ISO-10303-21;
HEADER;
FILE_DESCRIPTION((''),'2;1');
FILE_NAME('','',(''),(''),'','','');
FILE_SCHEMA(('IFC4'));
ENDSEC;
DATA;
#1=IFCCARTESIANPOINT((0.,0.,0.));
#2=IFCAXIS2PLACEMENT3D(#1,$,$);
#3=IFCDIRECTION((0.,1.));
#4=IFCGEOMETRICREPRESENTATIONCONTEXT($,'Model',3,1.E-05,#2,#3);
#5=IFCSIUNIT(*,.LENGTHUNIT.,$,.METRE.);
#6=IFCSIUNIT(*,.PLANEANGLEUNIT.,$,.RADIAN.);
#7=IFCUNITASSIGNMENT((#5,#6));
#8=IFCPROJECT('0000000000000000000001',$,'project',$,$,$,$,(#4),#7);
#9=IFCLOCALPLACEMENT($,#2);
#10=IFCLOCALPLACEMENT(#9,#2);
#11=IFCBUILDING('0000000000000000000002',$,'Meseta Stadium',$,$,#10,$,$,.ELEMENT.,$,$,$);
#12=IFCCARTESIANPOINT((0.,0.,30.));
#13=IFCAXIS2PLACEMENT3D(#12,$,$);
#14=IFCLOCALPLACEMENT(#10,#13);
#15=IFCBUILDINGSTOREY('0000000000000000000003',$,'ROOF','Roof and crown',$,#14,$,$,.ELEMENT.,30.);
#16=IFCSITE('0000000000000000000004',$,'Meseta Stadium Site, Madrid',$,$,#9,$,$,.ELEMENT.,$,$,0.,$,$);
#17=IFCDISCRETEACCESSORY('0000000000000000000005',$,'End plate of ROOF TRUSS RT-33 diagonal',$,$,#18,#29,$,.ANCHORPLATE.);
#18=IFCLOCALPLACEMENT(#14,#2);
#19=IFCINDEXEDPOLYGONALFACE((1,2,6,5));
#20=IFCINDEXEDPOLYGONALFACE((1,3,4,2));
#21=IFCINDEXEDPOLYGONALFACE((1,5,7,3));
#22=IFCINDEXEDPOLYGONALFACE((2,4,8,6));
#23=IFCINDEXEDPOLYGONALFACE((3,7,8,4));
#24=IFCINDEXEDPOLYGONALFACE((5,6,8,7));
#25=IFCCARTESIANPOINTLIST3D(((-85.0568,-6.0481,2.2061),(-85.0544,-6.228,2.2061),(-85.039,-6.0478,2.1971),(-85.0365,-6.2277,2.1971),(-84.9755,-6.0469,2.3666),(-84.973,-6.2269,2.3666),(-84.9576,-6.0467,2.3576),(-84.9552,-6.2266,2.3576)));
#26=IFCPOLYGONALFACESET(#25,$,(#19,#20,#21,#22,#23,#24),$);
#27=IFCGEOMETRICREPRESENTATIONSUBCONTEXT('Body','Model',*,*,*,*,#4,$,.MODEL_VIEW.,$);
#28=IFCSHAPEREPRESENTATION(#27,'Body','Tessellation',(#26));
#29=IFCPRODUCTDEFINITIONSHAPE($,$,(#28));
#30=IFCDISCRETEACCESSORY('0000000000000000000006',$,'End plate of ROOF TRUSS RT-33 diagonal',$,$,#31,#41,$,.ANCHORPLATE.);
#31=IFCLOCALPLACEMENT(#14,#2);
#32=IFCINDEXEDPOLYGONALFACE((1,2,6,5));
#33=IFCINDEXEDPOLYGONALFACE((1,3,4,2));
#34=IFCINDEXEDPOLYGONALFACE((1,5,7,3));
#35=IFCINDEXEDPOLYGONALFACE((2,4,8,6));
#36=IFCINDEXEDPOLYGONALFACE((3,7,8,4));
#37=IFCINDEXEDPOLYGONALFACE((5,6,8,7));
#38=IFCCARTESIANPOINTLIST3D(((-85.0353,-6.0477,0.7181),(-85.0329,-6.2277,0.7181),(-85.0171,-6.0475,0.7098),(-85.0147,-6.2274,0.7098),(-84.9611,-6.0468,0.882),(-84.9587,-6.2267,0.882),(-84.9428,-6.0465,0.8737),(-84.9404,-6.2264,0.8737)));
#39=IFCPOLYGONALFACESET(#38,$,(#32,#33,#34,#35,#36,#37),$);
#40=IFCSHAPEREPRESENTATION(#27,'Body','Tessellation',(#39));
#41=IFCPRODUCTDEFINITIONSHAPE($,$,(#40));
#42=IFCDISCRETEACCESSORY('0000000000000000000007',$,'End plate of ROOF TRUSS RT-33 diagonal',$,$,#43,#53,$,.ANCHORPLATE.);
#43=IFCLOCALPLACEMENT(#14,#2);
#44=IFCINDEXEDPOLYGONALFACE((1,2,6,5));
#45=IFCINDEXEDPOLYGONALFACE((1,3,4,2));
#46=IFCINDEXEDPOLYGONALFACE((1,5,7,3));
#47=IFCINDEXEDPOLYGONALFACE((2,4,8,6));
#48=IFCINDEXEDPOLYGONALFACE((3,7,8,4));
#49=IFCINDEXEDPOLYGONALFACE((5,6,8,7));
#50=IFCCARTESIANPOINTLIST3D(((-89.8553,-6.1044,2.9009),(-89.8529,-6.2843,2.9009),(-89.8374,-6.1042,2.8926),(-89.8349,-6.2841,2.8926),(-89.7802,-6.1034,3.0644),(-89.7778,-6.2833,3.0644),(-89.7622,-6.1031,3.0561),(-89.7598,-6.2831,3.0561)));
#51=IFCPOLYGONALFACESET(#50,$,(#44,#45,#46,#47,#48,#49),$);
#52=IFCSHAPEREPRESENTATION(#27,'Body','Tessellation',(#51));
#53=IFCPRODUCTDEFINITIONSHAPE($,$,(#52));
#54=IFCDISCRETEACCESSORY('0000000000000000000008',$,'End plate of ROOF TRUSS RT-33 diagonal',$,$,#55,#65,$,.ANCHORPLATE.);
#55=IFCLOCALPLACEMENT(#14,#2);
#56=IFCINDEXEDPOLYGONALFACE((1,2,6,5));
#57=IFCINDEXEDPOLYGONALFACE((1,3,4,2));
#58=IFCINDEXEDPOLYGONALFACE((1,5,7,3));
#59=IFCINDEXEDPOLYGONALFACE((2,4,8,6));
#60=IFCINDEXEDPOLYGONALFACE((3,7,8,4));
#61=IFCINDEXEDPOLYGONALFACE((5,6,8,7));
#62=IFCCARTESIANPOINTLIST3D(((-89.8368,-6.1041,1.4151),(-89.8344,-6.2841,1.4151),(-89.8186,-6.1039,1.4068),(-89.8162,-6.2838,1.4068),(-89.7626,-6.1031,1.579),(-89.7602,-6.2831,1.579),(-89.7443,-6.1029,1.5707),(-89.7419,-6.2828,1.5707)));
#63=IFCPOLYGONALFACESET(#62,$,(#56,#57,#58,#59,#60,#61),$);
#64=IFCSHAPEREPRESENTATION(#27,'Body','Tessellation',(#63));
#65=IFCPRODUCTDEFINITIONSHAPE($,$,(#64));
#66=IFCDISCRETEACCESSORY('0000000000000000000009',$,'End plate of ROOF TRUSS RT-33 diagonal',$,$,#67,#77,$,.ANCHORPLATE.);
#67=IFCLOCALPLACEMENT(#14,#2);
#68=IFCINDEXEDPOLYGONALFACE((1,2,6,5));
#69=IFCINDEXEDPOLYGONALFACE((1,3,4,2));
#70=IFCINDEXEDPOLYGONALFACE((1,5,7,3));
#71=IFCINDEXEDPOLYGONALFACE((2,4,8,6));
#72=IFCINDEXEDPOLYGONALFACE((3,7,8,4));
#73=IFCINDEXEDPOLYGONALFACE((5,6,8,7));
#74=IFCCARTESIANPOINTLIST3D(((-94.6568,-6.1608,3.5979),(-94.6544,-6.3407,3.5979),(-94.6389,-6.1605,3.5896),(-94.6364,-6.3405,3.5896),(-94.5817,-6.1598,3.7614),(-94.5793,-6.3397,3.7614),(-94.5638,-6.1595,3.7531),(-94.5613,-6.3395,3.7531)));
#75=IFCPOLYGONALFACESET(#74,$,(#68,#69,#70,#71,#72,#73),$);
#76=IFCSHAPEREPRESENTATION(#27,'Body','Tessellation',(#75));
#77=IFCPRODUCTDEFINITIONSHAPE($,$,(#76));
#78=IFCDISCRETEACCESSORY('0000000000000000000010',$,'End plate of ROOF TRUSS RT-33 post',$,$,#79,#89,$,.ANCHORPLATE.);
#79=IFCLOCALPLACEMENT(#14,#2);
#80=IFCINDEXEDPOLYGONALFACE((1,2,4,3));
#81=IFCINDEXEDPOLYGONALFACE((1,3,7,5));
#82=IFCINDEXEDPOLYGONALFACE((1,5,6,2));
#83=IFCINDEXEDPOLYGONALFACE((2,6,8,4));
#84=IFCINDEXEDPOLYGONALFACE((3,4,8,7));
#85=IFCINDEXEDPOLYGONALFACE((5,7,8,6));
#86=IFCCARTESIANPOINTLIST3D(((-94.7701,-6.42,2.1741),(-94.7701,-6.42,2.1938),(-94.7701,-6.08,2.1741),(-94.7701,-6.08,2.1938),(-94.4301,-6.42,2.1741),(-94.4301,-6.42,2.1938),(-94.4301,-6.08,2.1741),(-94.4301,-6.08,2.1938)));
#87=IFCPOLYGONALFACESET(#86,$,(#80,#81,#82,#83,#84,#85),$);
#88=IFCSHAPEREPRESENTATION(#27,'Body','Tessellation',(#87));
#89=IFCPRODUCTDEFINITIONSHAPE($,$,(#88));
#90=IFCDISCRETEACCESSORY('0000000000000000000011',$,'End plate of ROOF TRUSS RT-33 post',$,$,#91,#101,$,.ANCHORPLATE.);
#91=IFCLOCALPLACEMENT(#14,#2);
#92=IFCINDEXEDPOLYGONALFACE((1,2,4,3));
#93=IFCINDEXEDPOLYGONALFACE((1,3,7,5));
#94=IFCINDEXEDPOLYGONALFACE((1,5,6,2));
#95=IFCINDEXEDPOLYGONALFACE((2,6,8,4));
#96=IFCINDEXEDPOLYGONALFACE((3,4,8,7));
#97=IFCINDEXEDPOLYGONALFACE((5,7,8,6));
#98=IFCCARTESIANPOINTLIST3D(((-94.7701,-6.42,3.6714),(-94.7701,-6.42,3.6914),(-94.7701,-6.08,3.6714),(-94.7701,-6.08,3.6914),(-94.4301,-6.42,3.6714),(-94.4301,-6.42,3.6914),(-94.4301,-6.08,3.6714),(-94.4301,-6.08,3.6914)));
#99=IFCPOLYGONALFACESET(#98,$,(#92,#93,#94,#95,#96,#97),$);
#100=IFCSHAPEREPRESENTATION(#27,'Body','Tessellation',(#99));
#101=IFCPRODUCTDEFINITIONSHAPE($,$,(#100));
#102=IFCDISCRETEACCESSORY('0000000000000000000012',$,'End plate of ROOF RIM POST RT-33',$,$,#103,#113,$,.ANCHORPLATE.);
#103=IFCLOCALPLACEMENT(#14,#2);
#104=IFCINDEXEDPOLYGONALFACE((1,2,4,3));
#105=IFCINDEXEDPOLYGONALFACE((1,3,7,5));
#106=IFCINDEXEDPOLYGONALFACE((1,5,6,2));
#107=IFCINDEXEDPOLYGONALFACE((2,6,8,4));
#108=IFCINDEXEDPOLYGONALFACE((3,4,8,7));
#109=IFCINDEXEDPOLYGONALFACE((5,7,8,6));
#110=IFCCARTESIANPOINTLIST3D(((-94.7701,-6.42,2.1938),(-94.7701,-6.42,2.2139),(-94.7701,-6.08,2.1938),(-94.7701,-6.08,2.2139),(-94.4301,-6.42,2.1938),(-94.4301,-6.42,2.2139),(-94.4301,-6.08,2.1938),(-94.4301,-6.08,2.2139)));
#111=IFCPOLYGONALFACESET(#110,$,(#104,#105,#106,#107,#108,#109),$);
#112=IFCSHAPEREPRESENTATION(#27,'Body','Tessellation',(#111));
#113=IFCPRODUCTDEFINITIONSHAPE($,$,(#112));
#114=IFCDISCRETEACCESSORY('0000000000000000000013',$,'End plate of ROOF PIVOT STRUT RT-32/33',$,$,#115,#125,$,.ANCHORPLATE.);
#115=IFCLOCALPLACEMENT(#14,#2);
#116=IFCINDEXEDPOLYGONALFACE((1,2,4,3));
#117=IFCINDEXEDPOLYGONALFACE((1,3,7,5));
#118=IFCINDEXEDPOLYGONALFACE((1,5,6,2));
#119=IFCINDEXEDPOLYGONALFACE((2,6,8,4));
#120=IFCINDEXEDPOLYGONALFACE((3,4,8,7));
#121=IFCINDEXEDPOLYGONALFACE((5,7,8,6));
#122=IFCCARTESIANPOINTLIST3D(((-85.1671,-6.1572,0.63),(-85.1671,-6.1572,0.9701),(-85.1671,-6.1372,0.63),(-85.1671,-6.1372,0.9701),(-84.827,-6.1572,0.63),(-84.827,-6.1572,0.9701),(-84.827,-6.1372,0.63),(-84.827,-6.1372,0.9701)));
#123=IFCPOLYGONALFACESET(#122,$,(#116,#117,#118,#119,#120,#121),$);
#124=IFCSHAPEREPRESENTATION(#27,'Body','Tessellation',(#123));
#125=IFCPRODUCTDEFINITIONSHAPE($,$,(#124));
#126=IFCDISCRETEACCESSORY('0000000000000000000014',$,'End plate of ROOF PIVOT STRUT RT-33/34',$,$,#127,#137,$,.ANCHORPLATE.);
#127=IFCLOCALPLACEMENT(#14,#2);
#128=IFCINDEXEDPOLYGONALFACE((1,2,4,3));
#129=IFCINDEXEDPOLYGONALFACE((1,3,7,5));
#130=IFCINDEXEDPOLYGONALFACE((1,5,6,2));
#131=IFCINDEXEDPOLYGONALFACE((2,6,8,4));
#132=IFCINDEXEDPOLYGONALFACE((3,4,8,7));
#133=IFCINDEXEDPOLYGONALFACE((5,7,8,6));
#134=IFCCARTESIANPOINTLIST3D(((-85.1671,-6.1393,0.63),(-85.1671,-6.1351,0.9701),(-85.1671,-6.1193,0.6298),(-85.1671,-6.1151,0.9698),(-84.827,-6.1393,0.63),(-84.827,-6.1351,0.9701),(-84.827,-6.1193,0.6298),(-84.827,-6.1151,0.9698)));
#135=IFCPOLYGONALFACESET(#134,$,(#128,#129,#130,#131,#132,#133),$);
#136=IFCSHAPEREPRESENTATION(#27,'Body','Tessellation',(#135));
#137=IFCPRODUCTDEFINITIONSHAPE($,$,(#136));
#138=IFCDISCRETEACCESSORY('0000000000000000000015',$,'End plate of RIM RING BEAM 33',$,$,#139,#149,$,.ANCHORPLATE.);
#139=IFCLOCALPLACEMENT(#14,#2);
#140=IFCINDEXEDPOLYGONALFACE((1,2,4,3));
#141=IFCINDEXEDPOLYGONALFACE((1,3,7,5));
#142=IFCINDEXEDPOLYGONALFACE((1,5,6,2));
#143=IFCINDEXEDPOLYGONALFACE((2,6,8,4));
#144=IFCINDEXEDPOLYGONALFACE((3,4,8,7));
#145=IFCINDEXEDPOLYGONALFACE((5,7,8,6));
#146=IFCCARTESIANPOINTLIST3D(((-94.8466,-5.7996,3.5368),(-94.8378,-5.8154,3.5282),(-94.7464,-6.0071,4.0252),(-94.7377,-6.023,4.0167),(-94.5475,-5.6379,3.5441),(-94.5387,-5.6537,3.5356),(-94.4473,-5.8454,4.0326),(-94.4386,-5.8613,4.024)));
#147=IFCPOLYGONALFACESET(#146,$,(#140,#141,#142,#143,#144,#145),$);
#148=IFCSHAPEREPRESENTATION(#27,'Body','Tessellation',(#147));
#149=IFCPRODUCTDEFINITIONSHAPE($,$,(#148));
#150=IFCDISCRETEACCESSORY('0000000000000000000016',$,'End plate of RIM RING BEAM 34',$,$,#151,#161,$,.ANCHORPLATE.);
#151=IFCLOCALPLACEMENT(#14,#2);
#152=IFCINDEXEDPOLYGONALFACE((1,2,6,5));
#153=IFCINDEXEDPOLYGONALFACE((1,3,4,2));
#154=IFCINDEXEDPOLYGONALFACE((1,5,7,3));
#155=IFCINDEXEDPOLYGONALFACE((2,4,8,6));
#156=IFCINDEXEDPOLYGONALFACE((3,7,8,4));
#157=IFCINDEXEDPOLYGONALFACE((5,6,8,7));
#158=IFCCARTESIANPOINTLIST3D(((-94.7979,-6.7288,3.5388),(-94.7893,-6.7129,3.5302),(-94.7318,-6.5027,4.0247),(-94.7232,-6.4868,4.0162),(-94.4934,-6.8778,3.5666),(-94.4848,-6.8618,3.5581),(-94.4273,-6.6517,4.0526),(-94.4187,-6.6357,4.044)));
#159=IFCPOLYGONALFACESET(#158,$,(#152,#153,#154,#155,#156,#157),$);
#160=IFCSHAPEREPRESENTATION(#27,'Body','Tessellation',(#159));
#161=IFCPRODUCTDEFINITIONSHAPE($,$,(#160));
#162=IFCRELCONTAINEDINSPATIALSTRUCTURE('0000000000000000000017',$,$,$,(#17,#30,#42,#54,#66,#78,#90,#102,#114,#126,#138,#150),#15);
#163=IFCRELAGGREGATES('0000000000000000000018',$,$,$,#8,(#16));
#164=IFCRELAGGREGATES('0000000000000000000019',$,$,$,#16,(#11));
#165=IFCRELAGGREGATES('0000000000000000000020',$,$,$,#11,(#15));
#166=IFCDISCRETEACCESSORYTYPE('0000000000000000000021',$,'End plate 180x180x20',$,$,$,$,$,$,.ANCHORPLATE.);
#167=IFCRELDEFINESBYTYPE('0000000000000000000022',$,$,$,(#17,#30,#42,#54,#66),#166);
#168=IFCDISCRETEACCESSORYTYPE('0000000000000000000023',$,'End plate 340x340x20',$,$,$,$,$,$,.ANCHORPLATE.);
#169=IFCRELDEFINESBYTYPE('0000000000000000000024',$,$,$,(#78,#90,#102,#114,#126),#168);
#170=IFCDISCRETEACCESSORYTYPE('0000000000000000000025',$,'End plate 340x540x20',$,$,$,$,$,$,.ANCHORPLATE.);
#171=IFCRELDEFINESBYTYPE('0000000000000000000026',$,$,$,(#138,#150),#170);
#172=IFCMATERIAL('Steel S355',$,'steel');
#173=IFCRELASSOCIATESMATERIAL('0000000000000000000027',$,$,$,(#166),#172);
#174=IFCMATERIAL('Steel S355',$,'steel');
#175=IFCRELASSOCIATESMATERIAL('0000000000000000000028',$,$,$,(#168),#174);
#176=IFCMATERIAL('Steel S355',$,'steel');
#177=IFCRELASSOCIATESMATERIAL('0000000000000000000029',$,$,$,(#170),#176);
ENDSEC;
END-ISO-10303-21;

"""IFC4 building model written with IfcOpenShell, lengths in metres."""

from ifc_helpers import new_model, si_unit, direction, frame, origin, origin_2d, place, context, subcontext, project, spatial, rectangle, extrude, material, material_profile, profile_set, type_object, element, save


model = new_model("IFC4")

# Units and contexts
model_context = context("Model", 3, precision=1e-05, world=origin(), true_north=direction((0.0, 1.0)))
body_context = subcontext(model_context, "Body", "Model", "MODEL_VIEW")
ifc_project = project(units=[si_unit("LENGTHUNIT", "METRE"), si_unit("PLANEANGLEUNIT", "RADIAN")], contexts=[model_context])

# Site, building, storey
site_placement = place(None, origin())
site = spatial("IfcSite", under=ifc_project, at=site_placement, Name="Meseta Stadium Site, Madrid", CompositionType="ELEMENT", RefElevation=0.0)
building_placement = place(site_placement, origin())
building = spatial("IfcBuilding", under=site, at=building_placement, Name="Meseta Stadium", CompositionType="ELEMENT")
storey_placement = place(building_placement, frame((0.0, 0.0, 30.0)))
storey = spatial("IfcBuildingStorey", under=building, at=storey_placement, Name="ROOF", Description="Roof and crown", CompositionType="ELEMENT", Elevation=30.0)

# Discrete accessories
ifc_material_1 = material(Name="Steel S355", Category="steel")
ifc_material_profile_1 = material_profile(ifc_material_1, rectangle(XDim=0.1799, YDim=0.1799, at=origin_2d()), Name="PL 180x180")
ifc_profile_set_1 = profile_set([ifc_material_profile_1], Name="Steel S355")
discrete_accessory_type_1 = type_object("IfcDiscreteAccessoryType", Name="End plate 180x180x20", PredefinedType="ANCHORPLATE", material=ifc_profile_set_1)
for number, where, z_axis, x_axis, name in (
    (1, (-84.9971, -6.1372, 2.2773), (-0.891904, -0.012218, 0.452061), (0.013697, -0.999906, 0.0), "End plate of ROOF TRUSS RT-33 diagonal"),
    (2, (-84.9788, -6.137, 0.7917), (-0.910715, -0.012143, 0.412857), (0.013332, -0.999911, 0.0), "End plate of ROOF TRUSS RT-33 diagonal"),
):
    element("IfcDiscreteAccessory", number, at=place(storey_placement, frame(where, z_axis=z_axis, x_axis=x_axis)), inside=storey, type_object=discrete_accessory_type_1, Name=name, PredefinedType="ANCHORPLATE", context=body_context, shape_type="SweptSolid", body=[
        extrude(rectangle(XDim=0.1799, YDim=0.1799, at=origin_2d()), origin(), (0.0, 0.0, 1.0), 0.02),
    ])
discrete_accessory_1_placement = place(storey_placement, frame((-89.7986, -6.1936, 2.9744), z_axis=(-0.908608, -0.012278, 0.417469), x_axis=(0.013512, -0.999909, 0.0)))
element("IfcDiscreteAccessory", 3, at=discrete_accessory_1_placement, inside=storey, type_object=discrete_accessory_type_1, Name="End plate of ROOF TRUSS RT-33 diagonal", PredefinedType="ANCHORPLATE", context=body_context, shape_type="SweptSolid", body=[
    extrude(rectangle(XDim=0.1799, YDim=0.1799, at=origin_2d()), origin(), (0.0, 0.0, 1.0), 0.0198),
])
discrete_accessory_2_placement = place(storey_placement, frame((-89.7803, -6.1934, 1.4888), z_axis=(-0.910715, -0.012143, 0.412857), x_axis=(0.013332, -0.999911, 0.0)))
element("IfcDiscreteAccessory", 4, at=discrete_accessory_2_placement, inside=storey, type_object=discrete_accessory_type_1, Name="End plate of ROOF TRUSS RT-33 diagonal", PredefinedType="ANCHORPLATE", context=body_context, shape_type="SweptSolid", body=[
    extrude(rectangle(XDim=0.1799, YDim=0.1799, at=origin_2d()), origin(), (0.0, 0.0, 1.0), 0.02),
])
discrete_accessory_3_placement = place(storey_placement, frame((-94.6001, -6.25, 3.6714), z_axis=(-0.908608, -0.012278, 0.417469), x_axis=(0.013512, -0.999909, 0.0)))
element("IfcDiscreteAccessory", 5, at=discrete_accessory_3_placement, inside=storey, type_object=discrete_accessory_type_1, Name="End plate of ROOF TRUSS RT-33 diagonal", PredefinedType="ANCHORPLATE", context=body_context, shape_type="SweptSolid", body=[
    extrude(rectangle(XDim=0.1799, YDim=0.1799, at=origin_2d()), origin(), (0.0, 0.0, 1.0), 0.0198),
])
ifc_material_2 = material(Name="Steel S355", Category="steel")
ifc_material_profile_2 = material_profile(ifc_material_2, rectangle(XDim=0.3401, YDim=0.3401, at=origin_2d()), Name="PL 340x340")
ifc_profile_set_2 = profile_set([ifc_material_profile_2], Name="Steel S355")
discrete_accessory_type_2 = type_object("IfcDiscreteAccessoryType", Name="End plate 340x340x20", PredefinedType="ANCHORPLATE", material=ifc_profile_set_2)
discrete_accessory_4_placement = place(storey_placement, frame((-94.6001, -6.25, 2.1741), z_axis=(0.0, 0.0, 1.0), x_axis=(1.0, 0.0, 0.0)))
element("IfcDiscreteAccessory", 6, at=discrete_accessory_4_placement, inside=storey, type_object=discrete_accessory_type_2, Name="End plate of ROOF TRUSS RT-33 post", PredefinedType="ANCHORPLATE", context=body_context, shape_type="SweptSolid", body=[
    extrude(rectangle(XDim=0.3401, YDim=0.3401, at=origin_2d()), origin(), (0.0, 0.0, 1.0), 0.0198),
])
for number, where, z_axis, x_axis, name in (
    (7, (-94.6001, -6.25, 3.6714), (0.0, 0.0, 1.0), (1.0, 0.0, 0.0), "End plate of ROOF TRUSS RT-33 post"),
    (8, (-94.6001, -6.25, 2.1938), (0.0, 0.0, 1.0), (1.0, 0.0, 0.0), "End plate of ROOF RIM POST RT-33"),
    (9, (-84.9971, -6.1372, 0.8), (0.0, -1.0, 0.0), (1.0, 0.0, 0.0), "End plate of ROOF PIVOT STRUT RT-32/33"),
    (10, (-84.9971, -6.1172, 0.7998), (0.0, -0.999926, 0.012194), (1.0, 0.0, 0.0), "End plate of ROOF PIVOT STRUT RT-33/34"),
):
    element("IfcDiscreteAccessory", number, at=place(storey_placement, frame(where, z_axis=z_axis, x_axis=x_axis)), inside=storey, type_object=discrete_accessory_type_2, Name=name, PredefinedType="ANCHORPLATE", context=body_context, shape_type="SweptSolid", body=[
        extrude(rectangle(XDim=0.3401, YDim=0.3401, at=origin_2d()), origin(), (0.0, 0.0, 1.0), 0.02),
    ])
ifc_material_3 = material(Name="Steel S355", Category="steel")
ifc_material_profile_3 = material_profile(ifc_material_3, rectangle(XDim=0.3401, YDim=0.54, at=origin_2d()), Name="PL 340x540")
ifc_profile_set_3 = profile_set([ifc_material_profile_3], Name="Steel S355")
discrete_accessory_type_3 = type_object("IfcDiscreteAccessoryType", Name="End plate 340x540x20", PredefinedType="ANCHORPLATE", material=ifc_profile_set_3)
for number, where, z_axis, x_axis, name in (
    (11, (-94.647, -5.8225, 3.7847), (0.438308, -0.791389, -0.426133), (0.879482, 0.47544, 0.02165), "End plate of RIM RING BEAM 33"),
    (12, (-94.604, -6.6743, 3.7871), (-0.428393, -0.795587, 0.428393), (0.895267, -0.437923, 0.081982), "End plate of RIM RING BEAM 34"),
):
    element("IfcDiscreteAccessory", number, at=place(storey_placement, frame(where, z_axis=z_axis, x_axis=x_axis)), inside=storey, type_object=discrete_accessory_type_3, Name=name, PredefinedType="ANCHORPLATE", context=body_context, shape_type="SweptSolid", body=[
        extrude(rectangle(XDim=0.3401, YDim=0.54, at=origin_2d()), origin(), (0.0, 0.0, 1.0), 0.02),
    ])

save(model, "model.ifc")
